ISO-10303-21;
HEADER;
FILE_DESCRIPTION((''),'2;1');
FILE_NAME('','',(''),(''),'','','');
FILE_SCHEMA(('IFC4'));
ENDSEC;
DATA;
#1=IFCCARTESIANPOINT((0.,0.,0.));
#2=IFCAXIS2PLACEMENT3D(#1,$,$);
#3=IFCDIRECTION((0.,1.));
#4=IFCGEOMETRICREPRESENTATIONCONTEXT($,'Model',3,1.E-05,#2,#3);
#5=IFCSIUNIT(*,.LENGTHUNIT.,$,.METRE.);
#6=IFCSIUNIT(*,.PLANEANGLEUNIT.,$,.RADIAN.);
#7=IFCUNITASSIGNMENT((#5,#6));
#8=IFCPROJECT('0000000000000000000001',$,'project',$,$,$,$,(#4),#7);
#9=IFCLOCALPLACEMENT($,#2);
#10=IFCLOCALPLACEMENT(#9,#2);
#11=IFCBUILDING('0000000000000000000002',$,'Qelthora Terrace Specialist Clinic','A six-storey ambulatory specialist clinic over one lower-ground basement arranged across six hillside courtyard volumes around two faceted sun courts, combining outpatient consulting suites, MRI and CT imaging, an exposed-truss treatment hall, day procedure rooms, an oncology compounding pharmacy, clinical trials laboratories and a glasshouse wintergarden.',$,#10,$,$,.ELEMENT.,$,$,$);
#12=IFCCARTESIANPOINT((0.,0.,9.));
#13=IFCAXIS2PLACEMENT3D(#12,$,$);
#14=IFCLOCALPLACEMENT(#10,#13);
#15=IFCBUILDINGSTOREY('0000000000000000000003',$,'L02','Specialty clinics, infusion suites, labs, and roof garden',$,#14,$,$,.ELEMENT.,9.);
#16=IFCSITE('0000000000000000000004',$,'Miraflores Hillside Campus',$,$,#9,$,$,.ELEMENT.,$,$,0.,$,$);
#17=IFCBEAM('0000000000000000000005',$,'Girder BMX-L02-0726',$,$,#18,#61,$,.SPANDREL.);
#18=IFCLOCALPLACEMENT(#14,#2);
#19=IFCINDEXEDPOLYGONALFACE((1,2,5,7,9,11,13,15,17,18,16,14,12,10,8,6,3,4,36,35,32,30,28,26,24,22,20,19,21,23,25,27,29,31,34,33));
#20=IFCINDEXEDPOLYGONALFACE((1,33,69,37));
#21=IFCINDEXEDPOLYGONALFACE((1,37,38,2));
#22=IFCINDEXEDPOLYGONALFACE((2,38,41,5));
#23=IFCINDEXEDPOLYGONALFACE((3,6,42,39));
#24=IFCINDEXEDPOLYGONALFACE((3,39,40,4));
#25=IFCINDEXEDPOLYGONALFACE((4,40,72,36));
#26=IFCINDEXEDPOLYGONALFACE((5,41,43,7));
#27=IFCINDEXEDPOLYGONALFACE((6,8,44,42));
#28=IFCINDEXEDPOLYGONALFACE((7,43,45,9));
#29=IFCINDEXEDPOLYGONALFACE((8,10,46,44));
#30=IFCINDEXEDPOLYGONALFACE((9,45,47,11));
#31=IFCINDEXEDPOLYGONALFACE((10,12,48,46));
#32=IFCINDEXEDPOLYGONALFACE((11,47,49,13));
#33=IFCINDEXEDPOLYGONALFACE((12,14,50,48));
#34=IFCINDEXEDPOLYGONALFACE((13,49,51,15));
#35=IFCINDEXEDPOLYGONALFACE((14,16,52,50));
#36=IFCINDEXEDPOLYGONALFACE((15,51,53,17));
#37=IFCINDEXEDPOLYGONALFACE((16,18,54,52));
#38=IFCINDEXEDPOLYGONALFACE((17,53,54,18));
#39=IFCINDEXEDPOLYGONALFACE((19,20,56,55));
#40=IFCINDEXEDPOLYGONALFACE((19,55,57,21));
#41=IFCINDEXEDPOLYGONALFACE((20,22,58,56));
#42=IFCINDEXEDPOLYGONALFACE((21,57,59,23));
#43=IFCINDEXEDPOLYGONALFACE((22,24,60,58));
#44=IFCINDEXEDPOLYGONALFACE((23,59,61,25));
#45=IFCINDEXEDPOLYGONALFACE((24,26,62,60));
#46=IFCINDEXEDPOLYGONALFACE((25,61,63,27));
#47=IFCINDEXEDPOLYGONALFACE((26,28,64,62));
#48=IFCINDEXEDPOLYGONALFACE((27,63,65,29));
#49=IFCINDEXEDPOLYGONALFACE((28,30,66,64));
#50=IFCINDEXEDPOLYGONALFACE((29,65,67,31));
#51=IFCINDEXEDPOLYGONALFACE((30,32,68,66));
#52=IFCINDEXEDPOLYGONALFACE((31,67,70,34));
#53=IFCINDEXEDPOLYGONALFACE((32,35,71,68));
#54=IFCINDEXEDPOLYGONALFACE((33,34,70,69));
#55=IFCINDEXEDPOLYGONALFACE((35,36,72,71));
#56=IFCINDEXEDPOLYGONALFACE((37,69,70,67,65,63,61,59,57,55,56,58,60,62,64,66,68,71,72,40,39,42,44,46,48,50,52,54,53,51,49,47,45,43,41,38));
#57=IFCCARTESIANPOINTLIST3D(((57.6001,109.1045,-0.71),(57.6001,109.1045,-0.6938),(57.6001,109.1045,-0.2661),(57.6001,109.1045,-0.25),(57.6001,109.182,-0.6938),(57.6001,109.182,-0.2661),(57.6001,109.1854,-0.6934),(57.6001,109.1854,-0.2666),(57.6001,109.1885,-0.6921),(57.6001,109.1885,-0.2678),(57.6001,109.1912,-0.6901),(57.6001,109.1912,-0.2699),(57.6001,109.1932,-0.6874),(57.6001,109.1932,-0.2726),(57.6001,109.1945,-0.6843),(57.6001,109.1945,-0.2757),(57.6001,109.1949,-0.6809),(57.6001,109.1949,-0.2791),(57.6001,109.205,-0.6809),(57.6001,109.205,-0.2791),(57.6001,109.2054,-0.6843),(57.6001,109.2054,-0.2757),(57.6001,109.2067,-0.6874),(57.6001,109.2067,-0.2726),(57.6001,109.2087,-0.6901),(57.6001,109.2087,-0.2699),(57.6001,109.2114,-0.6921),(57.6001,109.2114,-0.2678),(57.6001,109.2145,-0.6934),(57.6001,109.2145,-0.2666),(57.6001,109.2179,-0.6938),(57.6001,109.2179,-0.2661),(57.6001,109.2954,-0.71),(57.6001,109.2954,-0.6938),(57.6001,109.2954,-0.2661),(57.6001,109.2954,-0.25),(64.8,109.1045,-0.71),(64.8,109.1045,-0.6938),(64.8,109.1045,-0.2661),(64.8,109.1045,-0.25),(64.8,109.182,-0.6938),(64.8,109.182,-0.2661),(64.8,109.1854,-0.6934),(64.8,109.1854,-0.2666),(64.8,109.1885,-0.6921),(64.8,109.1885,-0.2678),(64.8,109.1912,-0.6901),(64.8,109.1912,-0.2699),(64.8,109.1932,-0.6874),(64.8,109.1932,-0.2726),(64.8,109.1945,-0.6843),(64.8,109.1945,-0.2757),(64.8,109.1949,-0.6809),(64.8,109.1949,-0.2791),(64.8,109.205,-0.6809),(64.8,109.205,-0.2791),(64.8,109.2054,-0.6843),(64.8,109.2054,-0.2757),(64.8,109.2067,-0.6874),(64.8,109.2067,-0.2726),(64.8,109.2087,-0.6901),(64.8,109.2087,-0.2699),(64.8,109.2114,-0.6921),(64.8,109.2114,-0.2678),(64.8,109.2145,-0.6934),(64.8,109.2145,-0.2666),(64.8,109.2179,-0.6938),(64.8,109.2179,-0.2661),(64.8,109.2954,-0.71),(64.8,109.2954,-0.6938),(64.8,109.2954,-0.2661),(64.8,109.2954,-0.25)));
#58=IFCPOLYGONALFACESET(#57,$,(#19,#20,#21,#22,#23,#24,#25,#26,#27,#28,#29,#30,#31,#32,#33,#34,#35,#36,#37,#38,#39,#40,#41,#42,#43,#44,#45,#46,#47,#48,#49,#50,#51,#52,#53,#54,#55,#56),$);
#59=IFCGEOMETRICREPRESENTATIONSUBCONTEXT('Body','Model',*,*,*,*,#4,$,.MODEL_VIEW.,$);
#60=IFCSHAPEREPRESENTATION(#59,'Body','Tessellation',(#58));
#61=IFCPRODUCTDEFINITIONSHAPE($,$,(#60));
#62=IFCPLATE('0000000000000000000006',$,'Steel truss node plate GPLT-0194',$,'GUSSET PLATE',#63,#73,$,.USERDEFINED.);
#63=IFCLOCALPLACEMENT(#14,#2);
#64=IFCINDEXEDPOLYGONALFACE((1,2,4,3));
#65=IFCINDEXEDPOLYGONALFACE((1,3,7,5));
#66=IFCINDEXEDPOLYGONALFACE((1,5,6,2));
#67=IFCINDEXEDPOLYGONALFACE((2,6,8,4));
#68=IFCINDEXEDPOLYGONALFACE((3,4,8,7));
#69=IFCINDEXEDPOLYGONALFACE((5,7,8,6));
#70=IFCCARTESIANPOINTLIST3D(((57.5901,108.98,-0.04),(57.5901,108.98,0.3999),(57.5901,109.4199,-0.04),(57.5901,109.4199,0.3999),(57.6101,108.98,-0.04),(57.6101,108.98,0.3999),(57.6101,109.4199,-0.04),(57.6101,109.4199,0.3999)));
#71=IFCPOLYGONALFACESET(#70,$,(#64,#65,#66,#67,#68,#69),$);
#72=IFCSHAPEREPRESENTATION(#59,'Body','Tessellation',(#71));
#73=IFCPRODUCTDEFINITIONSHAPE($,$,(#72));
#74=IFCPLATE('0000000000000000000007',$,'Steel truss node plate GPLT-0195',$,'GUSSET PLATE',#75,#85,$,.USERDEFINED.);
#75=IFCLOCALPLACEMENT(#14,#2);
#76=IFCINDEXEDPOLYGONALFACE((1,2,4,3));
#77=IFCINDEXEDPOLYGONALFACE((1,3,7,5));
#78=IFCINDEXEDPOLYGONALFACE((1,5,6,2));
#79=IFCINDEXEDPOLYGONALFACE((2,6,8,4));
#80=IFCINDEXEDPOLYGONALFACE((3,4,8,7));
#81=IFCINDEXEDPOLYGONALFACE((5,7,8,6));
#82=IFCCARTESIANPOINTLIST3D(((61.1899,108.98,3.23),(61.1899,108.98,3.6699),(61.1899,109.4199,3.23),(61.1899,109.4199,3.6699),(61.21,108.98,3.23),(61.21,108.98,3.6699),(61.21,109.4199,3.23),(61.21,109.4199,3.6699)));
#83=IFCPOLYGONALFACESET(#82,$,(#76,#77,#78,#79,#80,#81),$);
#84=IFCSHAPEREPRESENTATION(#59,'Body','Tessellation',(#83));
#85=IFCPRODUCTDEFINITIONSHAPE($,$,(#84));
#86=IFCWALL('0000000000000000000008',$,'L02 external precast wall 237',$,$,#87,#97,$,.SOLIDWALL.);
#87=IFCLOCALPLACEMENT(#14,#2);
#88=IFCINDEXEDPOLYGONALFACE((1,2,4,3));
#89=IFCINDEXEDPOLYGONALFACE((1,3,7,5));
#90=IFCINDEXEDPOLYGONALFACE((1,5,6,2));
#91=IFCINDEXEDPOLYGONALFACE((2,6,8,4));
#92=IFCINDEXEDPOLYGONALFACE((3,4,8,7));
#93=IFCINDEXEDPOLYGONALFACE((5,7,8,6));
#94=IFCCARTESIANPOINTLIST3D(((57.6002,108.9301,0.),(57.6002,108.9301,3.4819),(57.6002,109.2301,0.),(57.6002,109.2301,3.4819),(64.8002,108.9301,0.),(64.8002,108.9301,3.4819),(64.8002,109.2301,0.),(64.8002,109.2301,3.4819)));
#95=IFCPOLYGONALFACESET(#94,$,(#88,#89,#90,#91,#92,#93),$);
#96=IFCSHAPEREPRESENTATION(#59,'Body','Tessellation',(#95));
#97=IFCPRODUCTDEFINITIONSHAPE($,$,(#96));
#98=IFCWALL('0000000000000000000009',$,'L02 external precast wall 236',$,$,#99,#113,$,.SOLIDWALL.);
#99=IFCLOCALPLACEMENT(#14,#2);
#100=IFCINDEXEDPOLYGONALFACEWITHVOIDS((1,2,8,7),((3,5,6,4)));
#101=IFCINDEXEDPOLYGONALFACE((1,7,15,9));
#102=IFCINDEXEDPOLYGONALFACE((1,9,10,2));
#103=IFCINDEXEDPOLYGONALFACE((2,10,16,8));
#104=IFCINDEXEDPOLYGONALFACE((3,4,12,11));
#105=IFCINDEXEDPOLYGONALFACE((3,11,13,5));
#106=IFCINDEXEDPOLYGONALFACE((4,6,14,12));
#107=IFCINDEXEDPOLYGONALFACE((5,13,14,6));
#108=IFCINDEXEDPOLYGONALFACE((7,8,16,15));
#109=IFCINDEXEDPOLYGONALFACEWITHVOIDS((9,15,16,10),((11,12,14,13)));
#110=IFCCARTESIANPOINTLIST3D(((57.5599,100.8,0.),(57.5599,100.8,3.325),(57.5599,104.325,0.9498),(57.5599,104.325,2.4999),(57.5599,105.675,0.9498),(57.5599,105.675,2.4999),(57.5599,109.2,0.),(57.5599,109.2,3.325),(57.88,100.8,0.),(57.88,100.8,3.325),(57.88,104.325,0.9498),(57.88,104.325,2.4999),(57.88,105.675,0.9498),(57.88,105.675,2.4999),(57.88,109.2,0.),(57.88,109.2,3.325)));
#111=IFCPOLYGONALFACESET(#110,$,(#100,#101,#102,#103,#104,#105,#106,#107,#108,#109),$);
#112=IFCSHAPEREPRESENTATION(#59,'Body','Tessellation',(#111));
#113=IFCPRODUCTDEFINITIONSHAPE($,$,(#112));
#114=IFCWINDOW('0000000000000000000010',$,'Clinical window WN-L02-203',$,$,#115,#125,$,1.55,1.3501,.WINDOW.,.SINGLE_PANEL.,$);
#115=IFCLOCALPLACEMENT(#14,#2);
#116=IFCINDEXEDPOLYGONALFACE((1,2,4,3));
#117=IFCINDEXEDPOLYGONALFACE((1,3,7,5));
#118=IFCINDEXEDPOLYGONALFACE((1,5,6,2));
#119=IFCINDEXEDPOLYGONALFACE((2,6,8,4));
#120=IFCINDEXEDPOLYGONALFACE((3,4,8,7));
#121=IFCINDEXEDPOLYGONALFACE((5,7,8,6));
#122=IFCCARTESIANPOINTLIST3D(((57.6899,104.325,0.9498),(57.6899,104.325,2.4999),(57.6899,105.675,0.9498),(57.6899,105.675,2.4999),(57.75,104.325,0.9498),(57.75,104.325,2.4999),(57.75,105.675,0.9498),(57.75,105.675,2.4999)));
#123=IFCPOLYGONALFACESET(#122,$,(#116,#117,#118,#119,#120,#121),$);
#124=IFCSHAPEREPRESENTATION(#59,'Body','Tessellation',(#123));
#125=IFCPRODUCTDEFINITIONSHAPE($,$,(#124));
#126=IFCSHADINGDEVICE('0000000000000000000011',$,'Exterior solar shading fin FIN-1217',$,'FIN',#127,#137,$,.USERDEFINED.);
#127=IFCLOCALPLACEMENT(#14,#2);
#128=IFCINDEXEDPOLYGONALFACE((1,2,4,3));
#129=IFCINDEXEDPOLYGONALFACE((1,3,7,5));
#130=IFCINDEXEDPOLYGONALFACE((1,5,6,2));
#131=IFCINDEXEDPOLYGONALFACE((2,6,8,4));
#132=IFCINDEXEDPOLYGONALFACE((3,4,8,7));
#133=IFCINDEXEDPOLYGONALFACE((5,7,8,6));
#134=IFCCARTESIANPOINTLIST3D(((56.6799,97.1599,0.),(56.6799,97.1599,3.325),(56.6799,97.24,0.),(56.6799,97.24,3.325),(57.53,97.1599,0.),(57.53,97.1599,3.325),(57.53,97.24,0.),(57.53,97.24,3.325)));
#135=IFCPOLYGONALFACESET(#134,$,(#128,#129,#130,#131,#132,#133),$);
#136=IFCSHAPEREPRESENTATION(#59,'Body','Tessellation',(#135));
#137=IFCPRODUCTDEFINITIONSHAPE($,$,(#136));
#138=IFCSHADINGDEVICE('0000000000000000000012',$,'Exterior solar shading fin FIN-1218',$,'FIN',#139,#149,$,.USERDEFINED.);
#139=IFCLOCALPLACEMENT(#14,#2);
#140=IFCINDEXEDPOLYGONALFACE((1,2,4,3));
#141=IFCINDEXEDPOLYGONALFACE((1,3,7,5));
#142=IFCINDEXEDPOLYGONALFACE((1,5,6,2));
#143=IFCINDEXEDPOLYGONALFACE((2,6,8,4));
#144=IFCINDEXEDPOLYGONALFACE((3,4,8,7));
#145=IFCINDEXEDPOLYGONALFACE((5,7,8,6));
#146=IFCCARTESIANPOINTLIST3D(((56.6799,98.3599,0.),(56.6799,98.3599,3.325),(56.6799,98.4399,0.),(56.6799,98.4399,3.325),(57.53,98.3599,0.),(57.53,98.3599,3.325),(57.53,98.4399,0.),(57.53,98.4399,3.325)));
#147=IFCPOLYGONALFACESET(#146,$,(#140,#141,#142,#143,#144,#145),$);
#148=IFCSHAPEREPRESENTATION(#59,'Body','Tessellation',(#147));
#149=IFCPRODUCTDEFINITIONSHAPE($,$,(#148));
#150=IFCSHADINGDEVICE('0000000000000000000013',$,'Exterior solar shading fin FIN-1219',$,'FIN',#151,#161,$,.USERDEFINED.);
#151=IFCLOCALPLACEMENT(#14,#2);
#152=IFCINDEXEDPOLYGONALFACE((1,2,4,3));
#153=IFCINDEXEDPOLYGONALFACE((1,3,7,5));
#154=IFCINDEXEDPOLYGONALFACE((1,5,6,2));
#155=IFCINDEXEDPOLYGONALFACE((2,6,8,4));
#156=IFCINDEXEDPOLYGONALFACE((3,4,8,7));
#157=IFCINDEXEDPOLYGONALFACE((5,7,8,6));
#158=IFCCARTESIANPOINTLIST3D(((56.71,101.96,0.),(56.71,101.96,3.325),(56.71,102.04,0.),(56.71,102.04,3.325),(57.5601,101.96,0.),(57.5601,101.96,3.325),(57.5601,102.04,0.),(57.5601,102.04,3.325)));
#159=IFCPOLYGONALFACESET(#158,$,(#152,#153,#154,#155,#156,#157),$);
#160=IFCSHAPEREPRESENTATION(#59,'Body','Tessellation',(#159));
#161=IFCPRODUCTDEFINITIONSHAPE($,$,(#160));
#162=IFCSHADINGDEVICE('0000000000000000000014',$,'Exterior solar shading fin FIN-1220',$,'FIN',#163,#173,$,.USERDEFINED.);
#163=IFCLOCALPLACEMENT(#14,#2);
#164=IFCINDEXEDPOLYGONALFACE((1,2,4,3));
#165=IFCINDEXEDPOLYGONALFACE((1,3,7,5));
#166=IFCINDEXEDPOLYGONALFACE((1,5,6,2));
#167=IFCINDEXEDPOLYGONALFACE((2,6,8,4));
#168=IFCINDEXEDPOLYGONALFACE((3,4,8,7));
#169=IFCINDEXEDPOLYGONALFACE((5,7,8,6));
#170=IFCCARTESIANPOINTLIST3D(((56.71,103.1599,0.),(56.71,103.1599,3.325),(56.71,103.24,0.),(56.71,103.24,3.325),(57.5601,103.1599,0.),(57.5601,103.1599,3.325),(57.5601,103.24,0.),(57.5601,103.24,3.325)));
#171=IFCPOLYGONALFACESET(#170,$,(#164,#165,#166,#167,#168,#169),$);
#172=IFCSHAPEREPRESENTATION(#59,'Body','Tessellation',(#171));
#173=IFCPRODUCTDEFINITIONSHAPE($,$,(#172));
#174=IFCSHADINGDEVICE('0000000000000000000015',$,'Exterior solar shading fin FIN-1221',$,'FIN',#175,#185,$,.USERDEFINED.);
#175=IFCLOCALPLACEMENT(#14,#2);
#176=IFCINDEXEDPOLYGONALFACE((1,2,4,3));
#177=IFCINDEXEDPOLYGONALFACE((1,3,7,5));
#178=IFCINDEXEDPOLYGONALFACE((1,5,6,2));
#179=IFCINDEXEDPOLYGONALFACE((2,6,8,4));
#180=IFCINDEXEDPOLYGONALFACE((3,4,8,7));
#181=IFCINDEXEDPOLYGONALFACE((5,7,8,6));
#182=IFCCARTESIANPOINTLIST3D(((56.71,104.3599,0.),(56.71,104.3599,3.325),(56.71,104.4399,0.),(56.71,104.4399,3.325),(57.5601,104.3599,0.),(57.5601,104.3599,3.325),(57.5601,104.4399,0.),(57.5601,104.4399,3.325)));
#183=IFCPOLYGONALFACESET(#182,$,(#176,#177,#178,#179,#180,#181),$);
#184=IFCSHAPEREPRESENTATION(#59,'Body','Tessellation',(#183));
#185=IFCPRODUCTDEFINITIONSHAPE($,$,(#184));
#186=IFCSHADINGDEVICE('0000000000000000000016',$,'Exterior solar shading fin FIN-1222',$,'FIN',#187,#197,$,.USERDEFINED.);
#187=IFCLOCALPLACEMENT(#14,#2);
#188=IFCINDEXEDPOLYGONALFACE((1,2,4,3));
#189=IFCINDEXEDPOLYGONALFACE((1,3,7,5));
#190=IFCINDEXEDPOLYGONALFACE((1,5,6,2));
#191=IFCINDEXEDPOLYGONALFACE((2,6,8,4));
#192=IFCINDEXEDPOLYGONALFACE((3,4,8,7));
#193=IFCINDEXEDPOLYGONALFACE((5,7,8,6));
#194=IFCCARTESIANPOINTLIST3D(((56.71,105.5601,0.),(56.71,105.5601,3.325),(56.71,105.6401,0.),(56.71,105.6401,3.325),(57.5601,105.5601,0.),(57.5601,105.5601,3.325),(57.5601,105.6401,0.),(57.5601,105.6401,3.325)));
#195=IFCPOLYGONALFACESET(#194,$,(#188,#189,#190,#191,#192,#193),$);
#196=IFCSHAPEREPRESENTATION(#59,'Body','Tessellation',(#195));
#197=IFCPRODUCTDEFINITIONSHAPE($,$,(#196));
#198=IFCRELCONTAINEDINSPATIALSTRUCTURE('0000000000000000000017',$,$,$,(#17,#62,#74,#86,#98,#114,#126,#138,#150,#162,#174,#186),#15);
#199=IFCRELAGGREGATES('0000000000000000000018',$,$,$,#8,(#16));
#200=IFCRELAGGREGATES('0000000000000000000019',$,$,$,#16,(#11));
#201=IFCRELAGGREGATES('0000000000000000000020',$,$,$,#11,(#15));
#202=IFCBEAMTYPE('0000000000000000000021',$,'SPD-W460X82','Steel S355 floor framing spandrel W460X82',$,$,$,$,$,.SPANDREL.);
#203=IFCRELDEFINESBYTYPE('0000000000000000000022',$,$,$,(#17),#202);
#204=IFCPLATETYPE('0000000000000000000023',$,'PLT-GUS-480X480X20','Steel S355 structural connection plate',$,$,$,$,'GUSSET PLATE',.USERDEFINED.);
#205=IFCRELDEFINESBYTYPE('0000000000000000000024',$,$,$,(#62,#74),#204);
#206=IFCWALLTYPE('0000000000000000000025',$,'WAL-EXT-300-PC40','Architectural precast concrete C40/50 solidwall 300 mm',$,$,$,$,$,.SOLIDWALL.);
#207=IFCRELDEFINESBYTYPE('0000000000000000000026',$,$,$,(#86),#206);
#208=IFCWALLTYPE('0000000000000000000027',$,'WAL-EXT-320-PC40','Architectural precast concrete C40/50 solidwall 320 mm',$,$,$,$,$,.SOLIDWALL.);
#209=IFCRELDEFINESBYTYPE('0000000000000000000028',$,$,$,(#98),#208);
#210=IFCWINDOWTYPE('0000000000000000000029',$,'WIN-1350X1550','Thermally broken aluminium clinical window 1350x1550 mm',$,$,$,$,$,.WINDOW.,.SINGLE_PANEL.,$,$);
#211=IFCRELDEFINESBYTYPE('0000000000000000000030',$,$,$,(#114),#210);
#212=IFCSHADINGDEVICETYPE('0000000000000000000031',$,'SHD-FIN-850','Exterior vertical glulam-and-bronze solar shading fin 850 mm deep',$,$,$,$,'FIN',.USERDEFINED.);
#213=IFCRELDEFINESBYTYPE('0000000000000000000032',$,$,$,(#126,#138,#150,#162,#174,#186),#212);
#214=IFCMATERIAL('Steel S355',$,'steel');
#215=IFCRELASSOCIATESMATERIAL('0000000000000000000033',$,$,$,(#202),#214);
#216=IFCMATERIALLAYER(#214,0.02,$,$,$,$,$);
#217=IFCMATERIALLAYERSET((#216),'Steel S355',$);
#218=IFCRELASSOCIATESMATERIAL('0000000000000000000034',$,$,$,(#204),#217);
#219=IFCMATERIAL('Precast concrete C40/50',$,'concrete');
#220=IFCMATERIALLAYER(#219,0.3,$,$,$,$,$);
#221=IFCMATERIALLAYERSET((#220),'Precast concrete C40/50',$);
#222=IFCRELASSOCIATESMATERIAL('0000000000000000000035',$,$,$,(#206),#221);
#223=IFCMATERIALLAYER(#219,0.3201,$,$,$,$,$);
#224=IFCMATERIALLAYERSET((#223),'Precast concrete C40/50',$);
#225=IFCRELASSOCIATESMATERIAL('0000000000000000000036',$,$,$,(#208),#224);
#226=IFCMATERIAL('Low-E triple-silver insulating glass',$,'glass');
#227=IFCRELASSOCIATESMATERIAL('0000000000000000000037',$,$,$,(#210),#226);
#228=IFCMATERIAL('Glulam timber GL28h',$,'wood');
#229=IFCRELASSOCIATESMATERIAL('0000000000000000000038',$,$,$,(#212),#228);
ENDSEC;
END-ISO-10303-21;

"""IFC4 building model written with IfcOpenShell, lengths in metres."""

from ifc_helpers import new_model, si_unit, direction, frame, frame_2d, origin, origin_2d, place, context, subcontext, project, spatial, rectangle, i_section, extrude, material, layer, layer_set, material_profile, profile_set, type_object, element, fill, save


model = new_model("IFC4")

# Units and contexts
model_context = context("Model", 3, precision=1e-05, world=origin(), true_north=direction((0.0, 1.0)))
body_context = subcontext(model_context, "Body", "Model", "MODEL_VIEW")
ifc_project = project(units=[si_unit("LENGTHUNIT", "METRE"), si_unit("PLANEANGLEUNIT", "RADIAN")], contexts=[model_context])

# Site, building, storey
site_placement = place(None, origin())
site = spatial("IfcSite", under=ifc_project, at=site_placement, Name="Miraflores Hillside Campus", CompositionType="ELEMENT", RefElevation=0.0)
building_placement = place(site_placement, origin())
building = spatial("IfcBuilding", under=site, at=building_placement, Name="Qelthora Terrace Specialist Clinic", Description="A six-storey ambulatory specialist clinic over one lower-ground basement arranged across six hillside courtyard volumes around two faceted sun courts, combining outpatient consulting suites, MRI and CT imaging, an exposed-truss treatment hall, day procedure rooms, an oncology compounding pharmacy, clinical trials laboratories and a glasshouse wintergarden.", CompositionType="ELEMENT")
storey_placement = place(building_placement, frame((0.0, 0.0, 9.0)))
storey = spatial("IfcBuildingStorey", under=building, at=storey_placement, Name="L02", Description="Specialty clinics, infusion suites, labs, and roof garden", CompositionType="ELEMENT", Elevation=9.0)

# Shared definitions
ifc_material_1 = material(Name="Steel S355", Category="steel")

# Beam
ifc_material_profile_1 = material_profile(ifc_material_1, i_section(OverallWidth=0.1909, OverallDepth=0.46, WebThickness=0.01, FlangeThickness=0.0161, FilletRadius=0.0129, at=origin_2d()), Name="W460X82")
ifc_profile_set_1 = profile_set([ifc_material_profile_1], Name="Steel S355")
beam_type_1 = type_object("IfcBeamType", Name="SPD-W460X82", Description="Steel S355 floor framing spandrel W460X82", PredefinedType="SPANDREL", material=ifc_profile_set_1)
beam_1_placement = place(storey_placement, frame((57.6001, 109.2, -0.48), z_axis=(1.0, 0.0, 0.0), x_axis=(0.0, 1.0, 0.0)))
element("IfcBeam", 1, at=beam_1_placement, inside=storey, type_object=beam_type_1, Name="Girder BMX-L02-0726", PredefinedType="SPANDREL", context=body_context, shape_type="SweptSolid", body=[
    extrude(i_section(OverallWidth=0.1909, OverallDepth=0.46, WebThickness=0.01, FlangeThickness=0.0161, FilletRadius=0.0129, at=origin_2d()), origin(), (0.0, 0.0, 1.0), 7.2),
])

# Plates
ifc_layer_1 = layer(ifc_material_1, 0.02)
ifc_layer_set_1 = layer_set([ifc_layer_1], Name="Steel S355")
plate_type = type_object("IfcPlateType", Name="PLT-GUS-480X480X20", Description="Steel S355 structural connection plate", ElementType="GUSSET PLATE", PredefinedType="USERDEFINED", material=ifc_layer_set_1)
for number, where, z_axis, x_axis, name in (
    (2, (57.6001, 109.2, -0.04), (0.0, 0.0, 1.0), (1.0, 0.0, 0.0), "Steel truss node plate GPLT-0194"),
    (3, (61.2, 109.2, 3.23), (0.0, 0.0, 1.0), (1.0, 0.0, 0.0), "Steel truss node plate GPLT-0195"),
):
    element("IfcPlate", number, at=place(storey_placement, frame(where, z_axis=z_axis, x_axis=x_axis)), inside=storey, type_object=plate_type, Name=name, ObjectType="GUSSET PLATE", PredefinedType="USERDEFINED", context=body_context, shape_type="SweptSolid", body=[
        extrude(rectangle(XDim=0.02, YDim=0.4399, at=origin_2d()), origin(), (0.0, 0.0, 1.0), 0.4399),
    ])

# Wall
ifc_material_2 = material(Name="Precast concrete C40/50", Category="concrete")
ifc_layer_2 = layer(ifc_material_2, 0.3)
ifc_layer_set_2 = layer_set([ifc_layer_2], Name="Precast concrete C40/50")
wall_type_1 = type_object("IfcWallType", Name="WAL-EXT-300-PC40", Description="Architectural precast concrete C40/50 solidwall 300 mm", PredefinedType="SOLIDWALL", material=ifc_layer_set_2)
wall_1_placement = place(storey_placement, frame((57.6001, 109.0801, 0.0), z_axis=(0.0, 0.0, 1.0), x_axis=(1.0, 0.0, 0.0)))
element("IfcWall", 4, at=wall_1_placement, inside=storey, type_object=wall_type_1, Name="L02 external precast wall 237", PredefinedType="SOLIDWALL", context=body_context, shape_type="SweptSolid", body=[
    extrude(rectangle(XDim=7.2, YDim=0.3, at=frame_2d((3.6001, 0.0))), origin(), (0.0, 0.0, 1.0), 3.4819),
])

# Wall, opening, window
ifc_layer_3 = layer(ifc_material_2, 0.3201)
ifc_layer_set_3 = layer_set([ifc_layer_3], Name="Precast concrete C40/50")
wall_type_2 = type_object("IfcWallType", Name="WAL-EXT-320-PC40", Description="Architectural precast concrete C40/50 solidwall 320 mm", PredefinedType="SOLIDWALL", material=ifc_layer_set_3)
wall_2_placement = place(storey_placement, frame((57.72, 100.8, 0.0), z_axis=(0.0, 0.0, 1.0), x_axis=(0.0, 1.0, 0.0)))
wall_2 = element("IfcWall", 5, at=wall_2_placement, inside=storey, type_object=wall_type_2, Name="L02 external precast wall 236", PredefinedType="SOLIDWALL", context=body_context, shape_type="SweptSolid", body=[
    extrude(rectangle(XDim=8.3999, YDim=0.3201, at=frame_2d((4.2, 0.0))), origin(), (0.0, 0.0, 1.0), 3.325),
])
opening_placement = place(wall_2_placement, frame((3.5249, 0.0, 0.95)))
opening = element("IfcOpeningElement", 6, at=opening_placement, cuts=wall_2, PredefinedType="OPENING", context=body_context, shape_type="SweptSolid", body=[
    extrude(rectangle(XDim=1.3501, YDim=1.55, at=frame_2d((0.675, 0.7749))), frame((0.0, 0.1699, 0.0), z_axis=(0.0, -1.0, 0.0), x_axis=(1.0, 0.0, 0.0)), (0.0, 0.0, 1.0), 0.3401),
])
ifc_material_3 = material(Name="Low-E triple-silver insulating glass", Category="glass")
window_type = type_object("IfcWindowType", Name="WIN-1350X1550", Description="Thermally broken aluminium clinical window 1350x1550 mm", PartitioningType="SINGLE_PANEL", PredefinedType="WINDOW", material=ifc_material_3)
window_placement = place(opening_placement, origin())
window = element("IfcWindow", 7, at=window_placement, inside=storey, type_object=window_type, Name="Clinical window WN-L02-203", OverallHeight=1.55, OverallWidth=1.3501, PartitioningType="SINGLE_PANEL", PredefinedType="WINDOW", context=body_context, shape_type="SweptSolid", body=[
    extrude(rectangle(XDim=1.3501, YDim=1.55, at=frame_2d((0.675, 0.7749))), frame((0.0, 0.03, 0.0), z_axis=(0.0, -1.0, 0.0), x_axis=(1.0, 0.0, 0.0)), (0.0, 0.0, 1.0), 0.0601),
])
fill(opening, window)

# Shading devices
ifc_material_4 = material(Name="Glulam timber GL28h", Category="wood")
shading_device_type = type_object("IfcShadingDeviceType", Name="SHD-FIN-850", Description="Exterior vertical glulam-and-bronze solar shading fin 850 mm deep", ElementType="FIN", PredefinedType="USERDEFINED", material=ifc_material_4)
for number, where, z_axis, x_axis, name in (
    (8, (57.105, 97.2, 0.0), (0.0, 0.0, 1.0), (-1.0, 0.0, 0.0), "Exterior solar shading fin FIN-1217"),
    (9, (57.105, 98.3999, 0.0), (0.0, 0.0, 1.0), (-1.0, 0.0, 0.0), "Exterior solar shading fin FIN-1218"),
    (10, (57.135, 102.0, 0.0), (0.0, 0.0, 1.0), (-1.0, 0.0, 0.0), "Exterior solar shading fin FIN-1219"),
    (11, (57.135, 103.2, 0.0), (0.0, 0.0, 1.0), (-1.0, 0.0, 0.0), "Exterior solar shading fin FIN-1220"),
    (12, (57.135, 104.3999, 0.0), (0.0, 0.0, 1.0), (-1.0, 0.0, 0.0), "Exterior solar shading fin FIN-1221"),
    (13, (57.135, 105.6001, 0.0), (0.0, 0.0, 1.0), (-1.0, 0.0, 0.0), "Exterior solar shading fin FIN-1222"),
):
    element("IfcShadingDevice", number, at=place(storey_placement, frame(where, z_axis=z_axis, x_axis=x_axis)), inside=storey, type_object=shading_device_type, Name=name, ObjectType="FIN", PredefinedType="USERDEFINED", context=body_context, shape_type="SweptSolid", body=[
        extrude(rectangle(XDim=0.8501, YDim=0.0801, at=origin_2d()), origin(), (0.0, 0.0, 1.0), 3.325),
    ])

save(model, "model.ifc")
